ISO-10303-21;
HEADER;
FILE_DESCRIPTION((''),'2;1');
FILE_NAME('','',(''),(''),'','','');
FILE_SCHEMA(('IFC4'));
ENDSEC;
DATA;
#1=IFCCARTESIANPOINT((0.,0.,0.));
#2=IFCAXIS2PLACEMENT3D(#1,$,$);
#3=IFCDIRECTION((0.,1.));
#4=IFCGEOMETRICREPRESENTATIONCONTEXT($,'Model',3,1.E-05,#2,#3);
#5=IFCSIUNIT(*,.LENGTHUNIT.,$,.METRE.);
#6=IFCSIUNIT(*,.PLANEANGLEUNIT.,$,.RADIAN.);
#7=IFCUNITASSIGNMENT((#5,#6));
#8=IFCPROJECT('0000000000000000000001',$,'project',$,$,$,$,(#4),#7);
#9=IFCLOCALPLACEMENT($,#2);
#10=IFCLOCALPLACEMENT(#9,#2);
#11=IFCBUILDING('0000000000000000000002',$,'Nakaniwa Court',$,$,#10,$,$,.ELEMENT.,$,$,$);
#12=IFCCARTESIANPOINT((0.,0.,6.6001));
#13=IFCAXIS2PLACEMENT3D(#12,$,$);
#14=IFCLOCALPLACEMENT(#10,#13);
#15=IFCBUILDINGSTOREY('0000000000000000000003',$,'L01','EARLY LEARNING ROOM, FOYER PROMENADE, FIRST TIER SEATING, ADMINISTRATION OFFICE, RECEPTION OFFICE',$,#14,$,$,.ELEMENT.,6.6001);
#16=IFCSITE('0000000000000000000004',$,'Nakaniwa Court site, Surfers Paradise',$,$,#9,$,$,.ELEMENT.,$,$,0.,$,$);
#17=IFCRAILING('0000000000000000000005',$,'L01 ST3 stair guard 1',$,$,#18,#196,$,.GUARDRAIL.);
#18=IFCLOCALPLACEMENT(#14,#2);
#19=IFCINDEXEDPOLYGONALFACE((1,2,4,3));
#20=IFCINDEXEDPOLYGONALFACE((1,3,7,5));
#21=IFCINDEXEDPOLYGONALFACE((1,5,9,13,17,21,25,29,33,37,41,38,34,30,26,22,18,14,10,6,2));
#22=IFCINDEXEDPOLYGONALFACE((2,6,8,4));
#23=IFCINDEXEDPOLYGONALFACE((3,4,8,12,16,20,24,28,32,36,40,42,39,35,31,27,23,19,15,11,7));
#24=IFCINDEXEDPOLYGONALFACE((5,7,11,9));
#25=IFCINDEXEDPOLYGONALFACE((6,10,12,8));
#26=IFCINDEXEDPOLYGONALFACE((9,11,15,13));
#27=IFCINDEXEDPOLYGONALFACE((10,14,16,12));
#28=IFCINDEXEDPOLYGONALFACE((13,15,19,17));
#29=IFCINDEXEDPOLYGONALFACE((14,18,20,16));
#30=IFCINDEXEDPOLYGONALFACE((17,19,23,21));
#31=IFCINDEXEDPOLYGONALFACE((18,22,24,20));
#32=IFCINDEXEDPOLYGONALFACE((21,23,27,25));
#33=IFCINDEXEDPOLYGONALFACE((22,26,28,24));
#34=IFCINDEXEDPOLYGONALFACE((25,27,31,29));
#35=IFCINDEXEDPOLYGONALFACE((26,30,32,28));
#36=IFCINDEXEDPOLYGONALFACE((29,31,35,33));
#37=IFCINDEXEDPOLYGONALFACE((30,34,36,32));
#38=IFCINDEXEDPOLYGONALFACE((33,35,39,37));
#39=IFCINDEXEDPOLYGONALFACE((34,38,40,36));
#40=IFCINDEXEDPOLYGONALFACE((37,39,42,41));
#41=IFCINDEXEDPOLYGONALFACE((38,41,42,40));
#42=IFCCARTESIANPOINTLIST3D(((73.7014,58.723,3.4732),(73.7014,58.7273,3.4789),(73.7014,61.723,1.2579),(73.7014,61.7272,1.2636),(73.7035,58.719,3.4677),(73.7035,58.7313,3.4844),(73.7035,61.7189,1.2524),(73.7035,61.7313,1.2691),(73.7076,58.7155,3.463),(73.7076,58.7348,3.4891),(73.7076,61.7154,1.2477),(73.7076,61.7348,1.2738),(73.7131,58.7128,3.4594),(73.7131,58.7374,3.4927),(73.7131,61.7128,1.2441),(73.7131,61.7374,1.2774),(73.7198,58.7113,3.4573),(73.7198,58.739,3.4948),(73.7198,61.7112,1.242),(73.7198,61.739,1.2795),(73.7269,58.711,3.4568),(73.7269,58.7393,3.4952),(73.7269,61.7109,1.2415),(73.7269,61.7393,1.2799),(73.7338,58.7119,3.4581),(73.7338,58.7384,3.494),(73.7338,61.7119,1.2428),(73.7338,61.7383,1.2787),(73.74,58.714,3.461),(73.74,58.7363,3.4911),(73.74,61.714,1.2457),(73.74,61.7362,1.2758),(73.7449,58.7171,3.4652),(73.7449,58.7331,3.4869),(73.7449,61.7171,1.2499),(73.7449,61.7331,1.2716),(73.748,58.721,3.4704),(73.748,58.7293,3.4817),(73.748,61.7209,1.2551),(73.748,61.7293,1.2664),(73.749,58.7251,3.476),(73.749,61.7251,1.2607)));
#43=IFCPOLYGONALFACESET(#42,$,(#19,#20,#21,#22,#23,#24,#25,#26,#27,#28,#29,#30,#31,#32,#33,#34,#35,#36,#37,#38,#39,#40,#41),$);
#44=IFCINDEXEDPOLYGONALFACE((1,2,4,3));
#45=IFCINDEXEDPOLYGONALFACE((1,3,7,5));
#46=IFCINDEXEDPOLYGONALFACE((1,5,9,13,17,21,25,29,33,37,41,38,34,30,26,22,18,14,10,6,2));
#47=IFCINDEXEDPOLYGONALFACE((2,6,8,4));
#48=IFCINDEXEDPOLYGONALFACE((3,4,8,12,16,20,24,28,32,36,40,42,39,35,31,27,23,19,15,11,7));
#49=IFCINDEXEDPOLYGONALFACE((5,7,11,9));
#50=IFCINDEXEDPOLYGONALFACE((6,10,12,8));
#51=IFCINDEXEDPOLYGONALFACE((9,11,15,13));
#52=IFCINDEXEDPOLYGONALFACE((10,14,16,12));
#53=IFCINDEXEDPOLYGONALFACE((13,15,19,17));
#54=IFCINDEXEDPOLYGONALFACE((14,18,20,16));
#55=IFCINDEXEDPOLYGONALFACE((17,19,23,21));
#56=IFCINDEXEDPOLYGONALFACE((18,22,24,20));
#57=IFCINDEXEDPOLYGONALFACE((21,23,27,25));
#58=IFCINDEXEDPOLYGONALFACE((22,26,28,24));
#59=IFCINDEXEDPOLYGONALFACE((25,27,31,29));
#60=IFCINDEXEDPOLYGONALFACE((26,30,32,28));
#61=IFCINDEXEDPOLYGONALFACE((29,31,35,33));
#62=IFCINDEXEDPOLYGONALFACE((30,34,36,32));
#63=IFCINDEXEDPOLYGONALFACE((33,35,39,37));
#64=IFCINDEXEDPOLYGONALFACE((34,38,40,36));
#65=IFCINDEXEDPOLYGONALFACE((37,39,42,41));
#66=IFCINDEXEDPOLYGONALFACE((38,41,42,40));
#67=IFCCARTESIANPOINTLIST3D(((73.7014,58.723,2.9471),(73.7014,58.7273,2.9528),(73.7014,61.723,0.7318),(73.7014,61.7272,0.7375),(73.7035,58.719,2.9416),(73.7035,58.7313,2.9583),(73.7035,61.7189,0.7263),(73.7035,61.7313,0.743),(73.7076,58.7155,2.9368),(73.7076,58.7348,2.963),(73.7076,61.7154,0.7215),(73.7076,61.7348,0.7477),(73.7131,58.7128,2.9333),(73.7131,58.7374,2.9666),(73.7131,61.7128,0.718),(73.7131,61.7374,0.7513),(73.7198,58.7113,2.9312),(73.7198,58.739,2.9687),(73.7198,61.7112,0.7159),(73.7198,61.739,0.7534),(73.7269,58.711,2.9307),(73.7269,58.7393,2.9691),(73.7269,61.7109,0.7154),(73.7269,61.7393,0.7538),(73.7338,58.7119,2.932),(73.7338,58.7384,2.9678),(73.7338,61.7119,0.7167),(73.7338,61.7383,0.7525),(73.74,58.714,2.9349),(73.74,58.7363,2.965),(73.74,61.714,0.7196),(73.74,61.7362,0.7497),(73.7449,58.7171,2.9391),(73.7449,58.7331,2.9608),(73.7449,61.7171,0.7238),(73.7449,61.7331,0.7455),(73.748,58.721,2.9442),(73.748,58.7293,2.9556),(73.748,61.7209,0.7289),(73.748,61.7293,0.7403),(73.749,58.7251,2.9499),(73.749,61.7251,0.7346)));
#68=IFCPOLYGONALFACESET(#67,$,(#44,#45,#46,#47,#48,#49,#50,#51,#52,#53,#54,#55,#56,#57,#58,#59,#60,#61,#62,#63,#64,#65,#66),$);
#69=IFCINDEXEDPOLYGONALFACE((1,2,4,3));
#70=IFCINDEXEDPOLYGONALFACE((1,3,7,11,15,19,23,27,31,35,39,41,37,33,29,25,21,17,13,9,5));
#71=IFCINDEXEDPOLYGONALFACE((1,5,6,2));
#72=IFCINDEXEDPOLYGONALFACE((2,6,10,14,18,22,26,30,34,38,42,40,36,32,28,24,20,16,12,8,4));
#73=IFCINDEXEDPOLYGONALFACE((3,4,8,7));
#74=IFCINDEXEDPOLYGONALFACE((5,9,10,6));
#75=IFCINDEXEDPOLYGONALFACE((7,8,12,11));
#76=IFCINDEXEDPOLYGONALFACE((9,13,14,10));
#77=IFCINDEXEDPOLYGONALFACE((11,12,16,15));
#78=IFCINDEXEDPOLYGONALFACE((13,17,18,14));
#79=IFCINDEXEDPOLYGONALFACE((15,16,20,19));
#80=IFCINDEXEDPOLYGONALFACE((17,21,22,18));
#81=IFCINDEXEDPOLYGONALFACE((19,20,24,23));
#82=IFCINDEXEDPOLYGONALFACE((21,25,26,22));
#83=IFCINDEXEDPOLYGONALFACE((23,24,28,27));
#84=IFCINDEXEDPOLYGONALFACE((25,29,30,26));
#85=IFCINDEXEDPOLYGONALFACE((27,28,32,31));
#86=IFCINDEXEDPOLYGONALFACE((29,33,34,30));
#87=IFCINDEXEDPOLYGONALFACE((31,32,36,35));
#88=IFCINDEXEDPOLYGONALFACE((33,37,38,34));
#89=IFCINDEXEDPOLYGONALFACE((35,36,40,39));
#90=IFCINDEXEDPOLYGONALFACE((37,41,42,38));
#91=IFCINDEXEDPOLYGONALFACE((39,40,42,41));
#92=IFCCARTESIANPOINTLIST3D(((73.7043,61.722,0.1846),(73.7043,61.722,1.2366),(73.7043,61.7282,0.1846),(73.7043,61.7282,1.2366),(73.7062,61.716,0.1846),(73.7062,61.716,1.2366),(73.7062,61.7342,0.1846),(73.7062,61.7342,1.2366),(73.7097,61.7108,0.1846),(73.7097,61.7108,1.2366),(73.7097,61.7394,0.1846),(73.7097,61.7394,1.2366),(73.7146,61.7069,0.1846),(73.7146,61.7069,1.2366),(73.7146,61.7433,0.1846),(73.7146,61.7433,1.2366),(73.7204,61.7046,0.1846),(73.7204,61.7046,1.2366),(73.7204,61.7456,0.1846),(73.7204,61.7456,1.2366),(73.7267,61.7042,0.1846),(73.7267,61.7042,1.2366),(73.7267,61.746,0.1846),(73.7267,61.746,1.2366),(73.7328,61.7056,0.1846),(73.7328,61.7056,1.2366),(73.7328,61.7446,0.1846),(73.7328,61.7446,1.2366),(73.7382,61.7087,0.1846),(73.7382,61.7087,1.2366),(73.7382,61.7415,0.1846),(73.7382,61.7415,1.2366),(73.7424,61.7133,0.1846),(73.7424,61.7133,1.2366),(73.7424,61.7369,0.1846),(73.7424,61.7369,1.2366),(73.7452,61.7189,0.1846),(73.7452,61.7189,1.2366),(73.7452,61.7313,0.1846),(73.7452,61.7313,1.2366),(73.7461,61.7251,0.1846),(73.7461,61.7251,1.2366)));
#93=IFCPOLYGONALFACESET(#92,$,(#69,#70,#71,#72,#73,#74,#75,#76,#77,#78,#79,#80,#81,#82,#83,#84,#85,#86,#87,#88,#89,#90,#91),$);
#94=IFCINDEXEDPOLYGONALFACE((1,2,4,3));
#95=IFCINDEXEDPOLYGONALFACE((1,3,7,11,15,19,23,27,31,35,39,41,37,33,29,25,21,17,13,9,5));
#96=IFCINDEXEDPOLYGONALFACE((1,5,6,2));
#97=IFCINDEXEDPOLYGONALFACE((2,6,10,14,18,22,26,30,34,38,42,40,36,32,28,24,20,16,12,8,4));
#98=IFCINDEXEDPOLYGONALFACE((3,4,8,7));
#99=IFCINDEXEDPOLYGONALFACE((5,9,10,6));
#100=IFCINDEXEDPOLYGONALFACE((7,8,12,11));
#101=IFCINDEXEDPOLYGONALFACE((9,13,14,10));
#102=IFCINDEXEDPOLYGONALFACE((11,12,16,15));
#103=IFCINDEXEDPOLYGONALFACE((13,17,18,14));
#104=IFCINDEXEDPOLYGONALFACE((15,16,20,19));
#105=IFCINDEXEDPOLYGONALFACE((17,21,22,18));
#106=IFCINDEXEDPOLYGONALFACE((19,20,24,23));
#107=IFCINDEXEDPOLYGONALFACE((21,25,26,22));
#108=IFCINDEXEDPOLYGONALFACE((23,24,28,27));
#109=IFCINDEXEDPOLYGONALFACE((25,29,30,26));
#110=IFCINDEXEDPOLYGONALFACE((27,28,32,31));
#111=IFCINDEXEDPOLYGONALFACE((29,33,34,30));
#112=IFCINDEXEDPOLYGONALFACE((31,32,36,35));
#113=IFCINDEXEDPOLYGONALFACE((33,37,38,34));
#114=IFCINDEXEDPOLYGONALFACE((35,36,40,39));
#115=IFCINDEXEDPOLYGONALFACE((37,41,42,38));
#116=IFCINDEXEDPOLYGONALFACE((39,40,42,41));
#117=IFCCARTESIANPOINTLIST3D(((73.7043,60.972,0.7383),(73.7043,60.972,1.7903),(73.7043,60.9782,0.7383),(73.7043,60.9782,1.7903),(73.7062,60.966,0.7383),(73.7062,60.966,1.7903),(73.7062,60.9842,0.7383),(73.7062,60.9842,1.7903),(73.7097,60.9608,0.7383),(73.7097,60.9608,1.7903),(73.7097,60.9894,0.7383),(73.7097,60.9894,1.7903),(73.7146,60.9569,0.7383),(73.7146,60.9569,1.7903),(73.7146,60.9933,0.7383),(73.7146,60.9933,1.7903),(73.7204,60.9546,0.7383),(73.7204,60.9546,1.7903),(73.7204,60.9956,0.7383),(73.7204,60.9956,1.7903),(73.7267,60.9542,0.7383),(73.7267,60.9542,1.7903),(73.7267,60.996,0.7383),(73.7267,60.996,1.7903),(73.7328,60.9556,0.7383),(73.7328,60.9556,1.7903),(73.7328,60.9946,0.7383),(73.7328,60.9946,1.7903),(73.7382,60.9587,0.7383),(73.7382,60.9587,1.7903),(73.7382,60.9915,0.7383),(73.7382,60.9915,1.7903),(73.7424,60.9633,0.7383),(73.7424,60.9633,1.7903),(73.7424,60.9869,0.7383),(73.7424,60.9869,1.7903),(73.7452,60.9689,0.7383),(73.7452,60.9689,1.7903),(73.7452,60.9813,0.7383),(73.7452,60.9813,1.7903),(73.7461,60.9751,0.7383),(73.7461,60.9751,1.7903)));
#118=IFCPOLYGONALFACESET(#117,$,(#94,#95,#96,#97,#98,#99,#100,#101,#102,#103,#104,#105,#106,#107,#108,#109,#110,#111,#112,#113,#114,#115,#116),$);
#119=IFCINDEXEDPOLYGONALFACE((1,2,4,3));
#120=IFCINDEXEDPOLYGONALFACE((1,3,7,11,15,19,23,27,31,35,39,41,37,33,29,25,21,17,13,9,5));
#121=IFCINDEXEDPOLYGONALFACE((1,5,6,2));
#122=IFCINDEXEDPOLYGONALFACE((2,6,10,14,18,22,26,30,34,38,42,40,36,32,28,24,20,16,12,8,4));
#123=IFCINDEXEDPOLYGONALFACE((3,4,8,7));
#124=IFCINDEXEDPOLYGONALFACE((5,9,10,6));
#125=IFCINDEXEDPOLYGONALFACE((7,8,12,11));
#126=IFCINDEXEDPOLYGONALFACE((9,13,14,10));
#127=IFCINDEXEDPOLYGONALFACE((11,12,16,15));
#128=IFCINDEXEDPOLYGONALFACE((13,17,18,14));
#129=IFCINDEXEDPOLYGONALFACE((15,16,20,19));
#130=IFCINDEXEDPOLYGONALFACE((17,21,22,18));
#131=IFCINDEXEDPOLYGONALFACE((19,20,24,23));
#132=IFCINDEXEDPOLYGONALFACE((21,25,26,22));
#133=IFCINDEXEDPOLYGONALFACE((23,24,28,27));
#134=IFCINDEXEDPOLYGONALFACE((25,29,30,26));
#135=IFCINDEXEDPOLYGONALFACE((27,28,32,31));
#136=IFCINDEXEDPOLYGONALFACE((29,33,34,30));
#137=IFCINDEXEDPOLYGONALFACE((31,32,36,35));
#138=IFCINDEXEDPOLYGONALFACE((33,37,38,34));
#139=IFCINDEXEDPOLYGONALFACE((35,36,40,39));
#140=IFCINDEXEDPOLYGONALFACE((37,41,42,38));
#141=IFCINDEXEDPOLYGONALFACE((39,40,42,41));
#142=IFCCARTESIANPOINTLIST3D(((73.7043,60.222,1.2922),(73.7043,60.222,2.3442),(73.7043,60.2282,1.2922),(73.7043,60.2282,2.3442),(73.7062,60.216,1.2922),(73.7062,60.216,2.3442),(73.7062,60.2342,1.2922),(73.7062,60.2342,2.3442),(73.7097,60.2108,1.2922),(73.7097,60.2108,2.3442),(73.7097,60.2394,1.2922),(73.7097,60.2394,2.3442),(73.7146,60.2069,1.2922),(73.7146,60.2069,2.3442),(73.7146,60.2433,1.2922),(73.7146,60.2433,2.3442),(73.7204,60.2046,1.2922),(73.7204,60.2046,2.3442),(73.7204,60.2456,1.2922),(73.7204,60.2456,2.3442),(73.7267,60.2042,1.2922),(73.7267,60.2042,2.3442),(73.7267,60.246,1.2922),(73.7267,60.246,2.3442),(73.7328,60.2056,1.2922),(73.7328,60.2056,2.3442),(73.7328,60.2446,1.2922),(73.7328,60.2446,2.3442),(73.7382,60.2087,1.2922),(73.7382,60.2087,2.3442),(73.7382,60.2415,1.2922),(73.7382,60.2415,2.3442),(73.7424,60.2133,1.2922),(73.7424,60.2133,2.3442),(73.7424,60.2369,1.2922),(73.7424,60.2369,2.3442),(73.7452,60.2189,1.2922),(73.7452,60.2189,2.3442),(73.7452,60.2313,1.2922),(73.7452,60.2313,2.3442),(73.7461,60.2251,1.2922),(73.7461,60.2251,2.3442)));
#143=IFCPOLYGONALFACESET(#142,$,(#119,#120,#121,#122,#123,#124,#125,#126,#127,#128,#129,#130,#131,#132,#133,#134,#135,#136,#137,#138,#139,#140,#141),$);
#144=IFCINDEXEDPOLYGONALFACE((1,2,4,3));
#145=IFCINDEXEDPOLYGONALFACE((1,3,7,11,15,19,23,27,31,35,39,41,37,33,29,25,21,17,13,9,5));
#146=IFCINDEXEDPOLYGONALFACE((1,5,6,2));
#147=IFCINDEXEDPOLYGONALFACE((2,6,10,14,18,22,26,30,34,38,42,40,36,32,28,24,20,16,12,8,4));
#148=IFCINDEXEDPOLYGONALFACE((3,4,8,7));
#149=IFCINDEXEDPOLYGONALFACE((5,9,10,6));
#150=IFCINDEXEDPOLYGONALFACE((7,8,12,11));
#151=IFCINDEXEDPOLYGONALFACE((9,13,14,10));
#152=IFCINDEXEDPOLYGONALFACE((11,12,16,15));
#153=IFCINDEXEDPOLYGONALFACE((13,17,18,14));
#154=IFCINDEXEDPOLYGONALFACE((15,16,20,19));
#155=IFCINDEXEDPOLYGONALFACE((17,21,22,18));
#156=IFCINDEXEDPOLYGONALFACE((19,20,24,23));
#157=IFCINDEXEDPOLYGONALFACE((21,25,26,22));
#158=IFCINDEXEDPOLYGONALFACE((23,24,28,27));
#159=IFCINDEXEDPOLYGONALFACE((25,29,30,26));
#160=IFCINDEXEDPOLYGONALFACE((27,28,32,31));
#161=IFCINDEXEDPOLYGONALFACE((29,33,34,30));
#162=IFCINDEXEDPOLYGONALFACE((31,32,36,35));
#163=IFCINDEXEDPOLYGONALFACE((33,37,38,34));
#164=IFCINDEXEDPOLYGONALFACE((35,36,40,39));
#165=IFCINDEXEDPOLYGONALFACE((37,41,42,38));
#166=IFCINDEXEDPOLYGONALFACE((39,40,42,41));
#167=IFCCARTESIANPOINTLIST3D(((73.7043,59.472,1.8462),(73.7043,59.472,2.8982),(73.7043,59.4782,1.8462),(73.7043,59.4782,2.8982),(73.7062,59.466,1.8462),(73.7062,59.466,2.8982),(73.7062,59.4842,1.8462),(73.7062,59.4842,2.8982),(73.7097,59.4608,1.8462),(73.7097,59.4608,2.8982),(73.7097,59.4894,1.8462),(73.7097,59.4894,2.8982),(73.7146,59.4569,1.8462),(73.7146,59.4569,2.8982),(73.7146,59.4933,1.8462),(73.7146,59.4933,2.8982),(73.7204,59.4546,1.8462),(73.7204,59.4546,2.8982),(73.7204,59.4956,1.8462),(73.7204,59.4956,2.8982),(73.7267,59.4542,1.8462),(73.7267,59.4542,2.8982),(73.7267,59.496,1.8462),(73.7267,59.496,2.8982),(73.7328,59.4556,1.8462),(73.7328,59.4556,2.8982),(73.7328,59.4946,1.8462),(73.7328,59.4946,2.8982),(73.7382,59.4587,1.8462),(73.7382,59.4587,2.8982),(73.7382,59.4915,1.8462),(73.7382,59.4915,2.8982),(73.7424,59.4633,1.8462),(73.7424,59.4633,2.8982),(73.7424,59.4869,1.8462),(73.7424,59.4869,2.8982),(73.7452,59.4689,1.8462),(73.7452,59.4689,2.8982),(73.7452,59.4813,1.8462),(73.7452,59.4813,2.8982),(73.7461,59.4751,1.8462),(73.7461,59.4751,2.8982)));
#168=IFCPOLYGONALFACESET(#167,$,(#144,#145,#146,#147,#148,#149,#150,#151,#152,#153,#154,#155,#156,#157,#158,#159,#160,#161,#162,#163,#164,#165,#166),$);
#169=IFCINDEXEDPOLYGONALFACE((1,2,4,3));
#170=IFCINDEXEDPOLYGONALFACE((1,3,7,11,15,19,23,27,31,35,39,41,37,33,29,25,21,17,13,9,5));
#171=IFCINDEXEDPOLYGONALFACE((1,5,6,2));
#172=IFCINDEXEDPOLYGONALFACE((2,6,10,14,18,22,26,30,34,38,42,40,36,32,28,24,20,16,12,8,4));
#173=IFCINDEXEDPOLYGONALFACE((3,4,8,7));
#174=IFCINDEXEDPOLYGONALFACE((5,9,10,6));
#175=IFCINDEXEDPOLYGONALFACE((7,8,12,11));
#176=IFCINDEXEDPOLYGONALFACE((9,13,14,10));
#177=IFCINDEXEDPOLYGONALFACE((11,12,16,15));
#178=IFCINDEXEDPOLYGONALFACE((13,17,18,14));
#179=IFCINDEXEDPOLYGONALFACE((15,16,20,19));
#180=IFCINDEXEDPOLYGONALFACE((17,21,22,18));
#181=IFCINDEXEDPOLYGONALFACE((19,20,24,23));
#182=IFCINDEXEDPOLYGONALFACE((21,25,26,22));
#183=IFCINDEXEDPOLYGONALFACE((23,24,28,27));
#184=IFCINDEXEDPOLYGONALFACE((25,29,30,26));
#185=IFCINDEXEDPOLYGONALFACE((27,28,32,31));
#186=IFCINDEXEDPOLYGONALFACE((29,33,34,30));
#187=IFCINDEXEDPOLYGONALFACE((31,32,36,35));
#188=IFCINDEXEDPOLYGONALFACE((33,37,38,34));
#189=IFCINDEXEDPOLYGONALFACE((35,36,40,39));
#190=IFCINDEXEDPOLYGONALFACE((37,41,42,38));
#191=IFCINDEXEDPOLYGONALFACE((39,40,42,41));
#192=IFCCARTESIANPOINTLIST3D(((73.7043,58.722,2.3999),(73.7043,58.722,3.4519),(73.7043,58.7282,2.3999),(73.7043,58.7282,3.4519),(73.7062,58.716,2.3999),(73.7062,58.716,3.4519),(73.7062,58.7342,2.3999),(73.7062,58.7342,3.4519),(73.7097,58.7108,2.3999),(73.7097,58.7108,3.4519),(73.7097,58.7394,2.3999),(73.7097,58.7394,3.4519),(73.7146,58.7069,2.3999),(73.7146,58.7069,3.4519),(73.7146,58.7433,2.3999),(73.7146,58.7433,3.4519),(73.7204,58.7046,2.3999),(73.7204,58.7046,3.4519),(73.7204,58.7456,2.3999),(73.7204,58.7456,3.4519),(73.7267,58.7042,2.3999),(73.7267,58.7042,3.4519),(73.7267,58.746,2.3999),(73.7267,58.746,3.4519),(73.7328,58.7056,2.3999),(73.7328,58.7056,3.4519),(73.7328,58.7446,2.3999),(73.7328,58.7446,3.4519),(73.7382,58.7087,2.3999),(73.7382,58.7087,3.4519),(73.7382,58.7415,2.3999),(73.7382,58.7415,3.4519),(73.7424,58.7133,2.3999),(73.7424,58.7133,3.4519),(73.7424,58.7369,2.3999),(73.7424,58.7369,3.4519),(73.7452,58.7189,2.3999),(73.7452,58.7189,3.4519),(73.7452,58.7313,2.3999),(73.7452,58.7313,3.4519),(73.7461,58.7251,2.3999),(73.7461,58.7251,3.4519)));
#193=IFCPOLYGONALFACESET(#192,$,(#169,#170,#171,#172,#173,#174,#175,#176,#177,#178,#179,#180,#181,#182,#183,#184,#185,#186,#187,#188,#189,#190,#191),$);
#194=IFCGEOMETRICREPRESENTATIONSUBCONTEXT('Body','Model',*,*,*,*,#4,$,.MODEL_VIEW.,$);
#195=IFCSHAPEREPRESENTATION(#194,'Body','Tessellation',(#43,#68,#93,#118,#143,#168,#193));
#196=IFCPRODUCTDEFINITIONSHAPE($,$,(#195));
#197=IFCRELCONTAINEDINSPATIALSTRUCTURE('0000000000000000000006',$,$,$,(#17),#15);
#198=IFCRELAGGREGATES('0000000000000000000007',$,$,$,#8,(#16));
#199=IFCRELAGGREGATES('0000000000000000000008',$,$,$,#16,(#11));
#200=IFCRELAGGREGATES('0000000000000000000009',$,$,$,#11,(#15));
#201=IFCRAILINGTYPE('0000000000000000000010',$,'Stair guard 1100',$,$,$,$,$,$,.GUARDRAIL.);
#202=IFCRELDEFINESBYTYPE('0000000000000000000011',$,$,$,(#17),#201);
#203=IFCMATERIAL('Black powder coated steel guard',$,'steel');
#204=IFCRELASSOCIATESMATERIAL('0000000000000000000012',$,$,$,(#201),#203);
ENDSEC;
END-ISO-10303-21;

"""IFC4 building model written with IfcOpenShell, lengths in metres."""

from ifc_helpers import new_model, si_unit, direction, frame, origin, origin_2d, place, context, subcontext, project, spatial, circle, extrude, material, type_object, element, save


model = new_model("IFC4")

# Units and contexts
model_context = context("Model", 3, precision=1e-05, world=origin(), true_north=direction((0.0, 1.0)))
body_context = subcontext(model_context, "Body", "Model", "MODEL_VIEW")
ifc_project = project(units=[si_unit("LENGTHUNIT", "METRE"), si_unit("PLANEANGLEUNIT", "RADIAN")], contexts=[model_context])

# Site, building, storey
site_placement = place(None, origin())
site = spatial("IfcSite", under=ifc_project, at=site_placement, Name="Nakaniwa Court site, Surfers Paradise", CompositionType="ELEMENT", RefElevation=0.0)
building_placement = place(site_placement, origin())
building = spatial("IfcBuilding", under=site, at=building_placement, Name="Nakaniwa Court", CompositionType="ELEMENT")
storey_placement = place(building_placement, frame((0.0, 0.0, 6.6001)))
storey = spatial("IfcBuildingStorey", under=building, at=storey_placement, Name="L01", Description="EARLY LEARNING ROOM, FOYER PROMENADE, FIRST TIER SEATING, ADMINISTRATION OFFICE, RECEPTION OFFICE", CompositionType="ELEMENT", Elevation=6.6001)

# Railing
ifc_material_1 = material(Name="Black powder coated steel guard", Category="steel")
railing_type = type_object("IfcRailingType", Name="Stair guard 1100", PredefinedType="GUARDRAIL", material=ifc_material_1)
railing_1_placement = place(storey_placement, frame((73.7251, 61.7251, 0.1846)))
element("IfcRailing", 1, at=railing_1_placement, inside=storey, type_object=railing_type, Name="L01 ST3 stair guard 1", PredefinedType="GUARDRAIL", context=body_context, shape_type="SweptSolid", body=[
    extrude(circle(Radius=0.0239, at=origin_2d()), frame((0.0, 0.0, 1.0762), z_axis=(0.0, -0.80444, 0.594034), x_axis=(1.0, 0.0, 0.0)), (0.0, 0.0, 1.0), 3.7292),
    extrude(circle(Radius=0.0239, at=origin_2d()), frame((0.0, 0.0, 0.55), z_axis=(0.0, -0.80444, 0.594034), x_axis=(1.0, 0.0, 0.0)), (0.0, 0.0, 1.0), 3.7292),
    extrude(circle(Radius=0.021, at=origin_2d()), origin(), (0.0, 0.0, 1.0), 1.052),
    extrude(circle(Radius=0.021, at=origin_2d()), frame((0.0, -0.75, 0.5537)), (0.0, 0.0, 1.0), 1.052),
    extrude(circle(Radius=0.021, at=origin_2d()), frame((0.0, -1.5, 1.1077)), (0.0, 0.0, 1.0), 1.052),
    extrude(circle(Radius=0.021, at=origin_2d()), frame((0.0, -2.25, 1.6616)), (0.0, 0.0, 1.0), 1.052),
    extrude(circle(Radius=0.021, at=origin_2d()), frame((0.0, -3.0, 2.2153)), (0.0, 0.0, 1.0), 1.052),
])

save(model, "model.ifc")
